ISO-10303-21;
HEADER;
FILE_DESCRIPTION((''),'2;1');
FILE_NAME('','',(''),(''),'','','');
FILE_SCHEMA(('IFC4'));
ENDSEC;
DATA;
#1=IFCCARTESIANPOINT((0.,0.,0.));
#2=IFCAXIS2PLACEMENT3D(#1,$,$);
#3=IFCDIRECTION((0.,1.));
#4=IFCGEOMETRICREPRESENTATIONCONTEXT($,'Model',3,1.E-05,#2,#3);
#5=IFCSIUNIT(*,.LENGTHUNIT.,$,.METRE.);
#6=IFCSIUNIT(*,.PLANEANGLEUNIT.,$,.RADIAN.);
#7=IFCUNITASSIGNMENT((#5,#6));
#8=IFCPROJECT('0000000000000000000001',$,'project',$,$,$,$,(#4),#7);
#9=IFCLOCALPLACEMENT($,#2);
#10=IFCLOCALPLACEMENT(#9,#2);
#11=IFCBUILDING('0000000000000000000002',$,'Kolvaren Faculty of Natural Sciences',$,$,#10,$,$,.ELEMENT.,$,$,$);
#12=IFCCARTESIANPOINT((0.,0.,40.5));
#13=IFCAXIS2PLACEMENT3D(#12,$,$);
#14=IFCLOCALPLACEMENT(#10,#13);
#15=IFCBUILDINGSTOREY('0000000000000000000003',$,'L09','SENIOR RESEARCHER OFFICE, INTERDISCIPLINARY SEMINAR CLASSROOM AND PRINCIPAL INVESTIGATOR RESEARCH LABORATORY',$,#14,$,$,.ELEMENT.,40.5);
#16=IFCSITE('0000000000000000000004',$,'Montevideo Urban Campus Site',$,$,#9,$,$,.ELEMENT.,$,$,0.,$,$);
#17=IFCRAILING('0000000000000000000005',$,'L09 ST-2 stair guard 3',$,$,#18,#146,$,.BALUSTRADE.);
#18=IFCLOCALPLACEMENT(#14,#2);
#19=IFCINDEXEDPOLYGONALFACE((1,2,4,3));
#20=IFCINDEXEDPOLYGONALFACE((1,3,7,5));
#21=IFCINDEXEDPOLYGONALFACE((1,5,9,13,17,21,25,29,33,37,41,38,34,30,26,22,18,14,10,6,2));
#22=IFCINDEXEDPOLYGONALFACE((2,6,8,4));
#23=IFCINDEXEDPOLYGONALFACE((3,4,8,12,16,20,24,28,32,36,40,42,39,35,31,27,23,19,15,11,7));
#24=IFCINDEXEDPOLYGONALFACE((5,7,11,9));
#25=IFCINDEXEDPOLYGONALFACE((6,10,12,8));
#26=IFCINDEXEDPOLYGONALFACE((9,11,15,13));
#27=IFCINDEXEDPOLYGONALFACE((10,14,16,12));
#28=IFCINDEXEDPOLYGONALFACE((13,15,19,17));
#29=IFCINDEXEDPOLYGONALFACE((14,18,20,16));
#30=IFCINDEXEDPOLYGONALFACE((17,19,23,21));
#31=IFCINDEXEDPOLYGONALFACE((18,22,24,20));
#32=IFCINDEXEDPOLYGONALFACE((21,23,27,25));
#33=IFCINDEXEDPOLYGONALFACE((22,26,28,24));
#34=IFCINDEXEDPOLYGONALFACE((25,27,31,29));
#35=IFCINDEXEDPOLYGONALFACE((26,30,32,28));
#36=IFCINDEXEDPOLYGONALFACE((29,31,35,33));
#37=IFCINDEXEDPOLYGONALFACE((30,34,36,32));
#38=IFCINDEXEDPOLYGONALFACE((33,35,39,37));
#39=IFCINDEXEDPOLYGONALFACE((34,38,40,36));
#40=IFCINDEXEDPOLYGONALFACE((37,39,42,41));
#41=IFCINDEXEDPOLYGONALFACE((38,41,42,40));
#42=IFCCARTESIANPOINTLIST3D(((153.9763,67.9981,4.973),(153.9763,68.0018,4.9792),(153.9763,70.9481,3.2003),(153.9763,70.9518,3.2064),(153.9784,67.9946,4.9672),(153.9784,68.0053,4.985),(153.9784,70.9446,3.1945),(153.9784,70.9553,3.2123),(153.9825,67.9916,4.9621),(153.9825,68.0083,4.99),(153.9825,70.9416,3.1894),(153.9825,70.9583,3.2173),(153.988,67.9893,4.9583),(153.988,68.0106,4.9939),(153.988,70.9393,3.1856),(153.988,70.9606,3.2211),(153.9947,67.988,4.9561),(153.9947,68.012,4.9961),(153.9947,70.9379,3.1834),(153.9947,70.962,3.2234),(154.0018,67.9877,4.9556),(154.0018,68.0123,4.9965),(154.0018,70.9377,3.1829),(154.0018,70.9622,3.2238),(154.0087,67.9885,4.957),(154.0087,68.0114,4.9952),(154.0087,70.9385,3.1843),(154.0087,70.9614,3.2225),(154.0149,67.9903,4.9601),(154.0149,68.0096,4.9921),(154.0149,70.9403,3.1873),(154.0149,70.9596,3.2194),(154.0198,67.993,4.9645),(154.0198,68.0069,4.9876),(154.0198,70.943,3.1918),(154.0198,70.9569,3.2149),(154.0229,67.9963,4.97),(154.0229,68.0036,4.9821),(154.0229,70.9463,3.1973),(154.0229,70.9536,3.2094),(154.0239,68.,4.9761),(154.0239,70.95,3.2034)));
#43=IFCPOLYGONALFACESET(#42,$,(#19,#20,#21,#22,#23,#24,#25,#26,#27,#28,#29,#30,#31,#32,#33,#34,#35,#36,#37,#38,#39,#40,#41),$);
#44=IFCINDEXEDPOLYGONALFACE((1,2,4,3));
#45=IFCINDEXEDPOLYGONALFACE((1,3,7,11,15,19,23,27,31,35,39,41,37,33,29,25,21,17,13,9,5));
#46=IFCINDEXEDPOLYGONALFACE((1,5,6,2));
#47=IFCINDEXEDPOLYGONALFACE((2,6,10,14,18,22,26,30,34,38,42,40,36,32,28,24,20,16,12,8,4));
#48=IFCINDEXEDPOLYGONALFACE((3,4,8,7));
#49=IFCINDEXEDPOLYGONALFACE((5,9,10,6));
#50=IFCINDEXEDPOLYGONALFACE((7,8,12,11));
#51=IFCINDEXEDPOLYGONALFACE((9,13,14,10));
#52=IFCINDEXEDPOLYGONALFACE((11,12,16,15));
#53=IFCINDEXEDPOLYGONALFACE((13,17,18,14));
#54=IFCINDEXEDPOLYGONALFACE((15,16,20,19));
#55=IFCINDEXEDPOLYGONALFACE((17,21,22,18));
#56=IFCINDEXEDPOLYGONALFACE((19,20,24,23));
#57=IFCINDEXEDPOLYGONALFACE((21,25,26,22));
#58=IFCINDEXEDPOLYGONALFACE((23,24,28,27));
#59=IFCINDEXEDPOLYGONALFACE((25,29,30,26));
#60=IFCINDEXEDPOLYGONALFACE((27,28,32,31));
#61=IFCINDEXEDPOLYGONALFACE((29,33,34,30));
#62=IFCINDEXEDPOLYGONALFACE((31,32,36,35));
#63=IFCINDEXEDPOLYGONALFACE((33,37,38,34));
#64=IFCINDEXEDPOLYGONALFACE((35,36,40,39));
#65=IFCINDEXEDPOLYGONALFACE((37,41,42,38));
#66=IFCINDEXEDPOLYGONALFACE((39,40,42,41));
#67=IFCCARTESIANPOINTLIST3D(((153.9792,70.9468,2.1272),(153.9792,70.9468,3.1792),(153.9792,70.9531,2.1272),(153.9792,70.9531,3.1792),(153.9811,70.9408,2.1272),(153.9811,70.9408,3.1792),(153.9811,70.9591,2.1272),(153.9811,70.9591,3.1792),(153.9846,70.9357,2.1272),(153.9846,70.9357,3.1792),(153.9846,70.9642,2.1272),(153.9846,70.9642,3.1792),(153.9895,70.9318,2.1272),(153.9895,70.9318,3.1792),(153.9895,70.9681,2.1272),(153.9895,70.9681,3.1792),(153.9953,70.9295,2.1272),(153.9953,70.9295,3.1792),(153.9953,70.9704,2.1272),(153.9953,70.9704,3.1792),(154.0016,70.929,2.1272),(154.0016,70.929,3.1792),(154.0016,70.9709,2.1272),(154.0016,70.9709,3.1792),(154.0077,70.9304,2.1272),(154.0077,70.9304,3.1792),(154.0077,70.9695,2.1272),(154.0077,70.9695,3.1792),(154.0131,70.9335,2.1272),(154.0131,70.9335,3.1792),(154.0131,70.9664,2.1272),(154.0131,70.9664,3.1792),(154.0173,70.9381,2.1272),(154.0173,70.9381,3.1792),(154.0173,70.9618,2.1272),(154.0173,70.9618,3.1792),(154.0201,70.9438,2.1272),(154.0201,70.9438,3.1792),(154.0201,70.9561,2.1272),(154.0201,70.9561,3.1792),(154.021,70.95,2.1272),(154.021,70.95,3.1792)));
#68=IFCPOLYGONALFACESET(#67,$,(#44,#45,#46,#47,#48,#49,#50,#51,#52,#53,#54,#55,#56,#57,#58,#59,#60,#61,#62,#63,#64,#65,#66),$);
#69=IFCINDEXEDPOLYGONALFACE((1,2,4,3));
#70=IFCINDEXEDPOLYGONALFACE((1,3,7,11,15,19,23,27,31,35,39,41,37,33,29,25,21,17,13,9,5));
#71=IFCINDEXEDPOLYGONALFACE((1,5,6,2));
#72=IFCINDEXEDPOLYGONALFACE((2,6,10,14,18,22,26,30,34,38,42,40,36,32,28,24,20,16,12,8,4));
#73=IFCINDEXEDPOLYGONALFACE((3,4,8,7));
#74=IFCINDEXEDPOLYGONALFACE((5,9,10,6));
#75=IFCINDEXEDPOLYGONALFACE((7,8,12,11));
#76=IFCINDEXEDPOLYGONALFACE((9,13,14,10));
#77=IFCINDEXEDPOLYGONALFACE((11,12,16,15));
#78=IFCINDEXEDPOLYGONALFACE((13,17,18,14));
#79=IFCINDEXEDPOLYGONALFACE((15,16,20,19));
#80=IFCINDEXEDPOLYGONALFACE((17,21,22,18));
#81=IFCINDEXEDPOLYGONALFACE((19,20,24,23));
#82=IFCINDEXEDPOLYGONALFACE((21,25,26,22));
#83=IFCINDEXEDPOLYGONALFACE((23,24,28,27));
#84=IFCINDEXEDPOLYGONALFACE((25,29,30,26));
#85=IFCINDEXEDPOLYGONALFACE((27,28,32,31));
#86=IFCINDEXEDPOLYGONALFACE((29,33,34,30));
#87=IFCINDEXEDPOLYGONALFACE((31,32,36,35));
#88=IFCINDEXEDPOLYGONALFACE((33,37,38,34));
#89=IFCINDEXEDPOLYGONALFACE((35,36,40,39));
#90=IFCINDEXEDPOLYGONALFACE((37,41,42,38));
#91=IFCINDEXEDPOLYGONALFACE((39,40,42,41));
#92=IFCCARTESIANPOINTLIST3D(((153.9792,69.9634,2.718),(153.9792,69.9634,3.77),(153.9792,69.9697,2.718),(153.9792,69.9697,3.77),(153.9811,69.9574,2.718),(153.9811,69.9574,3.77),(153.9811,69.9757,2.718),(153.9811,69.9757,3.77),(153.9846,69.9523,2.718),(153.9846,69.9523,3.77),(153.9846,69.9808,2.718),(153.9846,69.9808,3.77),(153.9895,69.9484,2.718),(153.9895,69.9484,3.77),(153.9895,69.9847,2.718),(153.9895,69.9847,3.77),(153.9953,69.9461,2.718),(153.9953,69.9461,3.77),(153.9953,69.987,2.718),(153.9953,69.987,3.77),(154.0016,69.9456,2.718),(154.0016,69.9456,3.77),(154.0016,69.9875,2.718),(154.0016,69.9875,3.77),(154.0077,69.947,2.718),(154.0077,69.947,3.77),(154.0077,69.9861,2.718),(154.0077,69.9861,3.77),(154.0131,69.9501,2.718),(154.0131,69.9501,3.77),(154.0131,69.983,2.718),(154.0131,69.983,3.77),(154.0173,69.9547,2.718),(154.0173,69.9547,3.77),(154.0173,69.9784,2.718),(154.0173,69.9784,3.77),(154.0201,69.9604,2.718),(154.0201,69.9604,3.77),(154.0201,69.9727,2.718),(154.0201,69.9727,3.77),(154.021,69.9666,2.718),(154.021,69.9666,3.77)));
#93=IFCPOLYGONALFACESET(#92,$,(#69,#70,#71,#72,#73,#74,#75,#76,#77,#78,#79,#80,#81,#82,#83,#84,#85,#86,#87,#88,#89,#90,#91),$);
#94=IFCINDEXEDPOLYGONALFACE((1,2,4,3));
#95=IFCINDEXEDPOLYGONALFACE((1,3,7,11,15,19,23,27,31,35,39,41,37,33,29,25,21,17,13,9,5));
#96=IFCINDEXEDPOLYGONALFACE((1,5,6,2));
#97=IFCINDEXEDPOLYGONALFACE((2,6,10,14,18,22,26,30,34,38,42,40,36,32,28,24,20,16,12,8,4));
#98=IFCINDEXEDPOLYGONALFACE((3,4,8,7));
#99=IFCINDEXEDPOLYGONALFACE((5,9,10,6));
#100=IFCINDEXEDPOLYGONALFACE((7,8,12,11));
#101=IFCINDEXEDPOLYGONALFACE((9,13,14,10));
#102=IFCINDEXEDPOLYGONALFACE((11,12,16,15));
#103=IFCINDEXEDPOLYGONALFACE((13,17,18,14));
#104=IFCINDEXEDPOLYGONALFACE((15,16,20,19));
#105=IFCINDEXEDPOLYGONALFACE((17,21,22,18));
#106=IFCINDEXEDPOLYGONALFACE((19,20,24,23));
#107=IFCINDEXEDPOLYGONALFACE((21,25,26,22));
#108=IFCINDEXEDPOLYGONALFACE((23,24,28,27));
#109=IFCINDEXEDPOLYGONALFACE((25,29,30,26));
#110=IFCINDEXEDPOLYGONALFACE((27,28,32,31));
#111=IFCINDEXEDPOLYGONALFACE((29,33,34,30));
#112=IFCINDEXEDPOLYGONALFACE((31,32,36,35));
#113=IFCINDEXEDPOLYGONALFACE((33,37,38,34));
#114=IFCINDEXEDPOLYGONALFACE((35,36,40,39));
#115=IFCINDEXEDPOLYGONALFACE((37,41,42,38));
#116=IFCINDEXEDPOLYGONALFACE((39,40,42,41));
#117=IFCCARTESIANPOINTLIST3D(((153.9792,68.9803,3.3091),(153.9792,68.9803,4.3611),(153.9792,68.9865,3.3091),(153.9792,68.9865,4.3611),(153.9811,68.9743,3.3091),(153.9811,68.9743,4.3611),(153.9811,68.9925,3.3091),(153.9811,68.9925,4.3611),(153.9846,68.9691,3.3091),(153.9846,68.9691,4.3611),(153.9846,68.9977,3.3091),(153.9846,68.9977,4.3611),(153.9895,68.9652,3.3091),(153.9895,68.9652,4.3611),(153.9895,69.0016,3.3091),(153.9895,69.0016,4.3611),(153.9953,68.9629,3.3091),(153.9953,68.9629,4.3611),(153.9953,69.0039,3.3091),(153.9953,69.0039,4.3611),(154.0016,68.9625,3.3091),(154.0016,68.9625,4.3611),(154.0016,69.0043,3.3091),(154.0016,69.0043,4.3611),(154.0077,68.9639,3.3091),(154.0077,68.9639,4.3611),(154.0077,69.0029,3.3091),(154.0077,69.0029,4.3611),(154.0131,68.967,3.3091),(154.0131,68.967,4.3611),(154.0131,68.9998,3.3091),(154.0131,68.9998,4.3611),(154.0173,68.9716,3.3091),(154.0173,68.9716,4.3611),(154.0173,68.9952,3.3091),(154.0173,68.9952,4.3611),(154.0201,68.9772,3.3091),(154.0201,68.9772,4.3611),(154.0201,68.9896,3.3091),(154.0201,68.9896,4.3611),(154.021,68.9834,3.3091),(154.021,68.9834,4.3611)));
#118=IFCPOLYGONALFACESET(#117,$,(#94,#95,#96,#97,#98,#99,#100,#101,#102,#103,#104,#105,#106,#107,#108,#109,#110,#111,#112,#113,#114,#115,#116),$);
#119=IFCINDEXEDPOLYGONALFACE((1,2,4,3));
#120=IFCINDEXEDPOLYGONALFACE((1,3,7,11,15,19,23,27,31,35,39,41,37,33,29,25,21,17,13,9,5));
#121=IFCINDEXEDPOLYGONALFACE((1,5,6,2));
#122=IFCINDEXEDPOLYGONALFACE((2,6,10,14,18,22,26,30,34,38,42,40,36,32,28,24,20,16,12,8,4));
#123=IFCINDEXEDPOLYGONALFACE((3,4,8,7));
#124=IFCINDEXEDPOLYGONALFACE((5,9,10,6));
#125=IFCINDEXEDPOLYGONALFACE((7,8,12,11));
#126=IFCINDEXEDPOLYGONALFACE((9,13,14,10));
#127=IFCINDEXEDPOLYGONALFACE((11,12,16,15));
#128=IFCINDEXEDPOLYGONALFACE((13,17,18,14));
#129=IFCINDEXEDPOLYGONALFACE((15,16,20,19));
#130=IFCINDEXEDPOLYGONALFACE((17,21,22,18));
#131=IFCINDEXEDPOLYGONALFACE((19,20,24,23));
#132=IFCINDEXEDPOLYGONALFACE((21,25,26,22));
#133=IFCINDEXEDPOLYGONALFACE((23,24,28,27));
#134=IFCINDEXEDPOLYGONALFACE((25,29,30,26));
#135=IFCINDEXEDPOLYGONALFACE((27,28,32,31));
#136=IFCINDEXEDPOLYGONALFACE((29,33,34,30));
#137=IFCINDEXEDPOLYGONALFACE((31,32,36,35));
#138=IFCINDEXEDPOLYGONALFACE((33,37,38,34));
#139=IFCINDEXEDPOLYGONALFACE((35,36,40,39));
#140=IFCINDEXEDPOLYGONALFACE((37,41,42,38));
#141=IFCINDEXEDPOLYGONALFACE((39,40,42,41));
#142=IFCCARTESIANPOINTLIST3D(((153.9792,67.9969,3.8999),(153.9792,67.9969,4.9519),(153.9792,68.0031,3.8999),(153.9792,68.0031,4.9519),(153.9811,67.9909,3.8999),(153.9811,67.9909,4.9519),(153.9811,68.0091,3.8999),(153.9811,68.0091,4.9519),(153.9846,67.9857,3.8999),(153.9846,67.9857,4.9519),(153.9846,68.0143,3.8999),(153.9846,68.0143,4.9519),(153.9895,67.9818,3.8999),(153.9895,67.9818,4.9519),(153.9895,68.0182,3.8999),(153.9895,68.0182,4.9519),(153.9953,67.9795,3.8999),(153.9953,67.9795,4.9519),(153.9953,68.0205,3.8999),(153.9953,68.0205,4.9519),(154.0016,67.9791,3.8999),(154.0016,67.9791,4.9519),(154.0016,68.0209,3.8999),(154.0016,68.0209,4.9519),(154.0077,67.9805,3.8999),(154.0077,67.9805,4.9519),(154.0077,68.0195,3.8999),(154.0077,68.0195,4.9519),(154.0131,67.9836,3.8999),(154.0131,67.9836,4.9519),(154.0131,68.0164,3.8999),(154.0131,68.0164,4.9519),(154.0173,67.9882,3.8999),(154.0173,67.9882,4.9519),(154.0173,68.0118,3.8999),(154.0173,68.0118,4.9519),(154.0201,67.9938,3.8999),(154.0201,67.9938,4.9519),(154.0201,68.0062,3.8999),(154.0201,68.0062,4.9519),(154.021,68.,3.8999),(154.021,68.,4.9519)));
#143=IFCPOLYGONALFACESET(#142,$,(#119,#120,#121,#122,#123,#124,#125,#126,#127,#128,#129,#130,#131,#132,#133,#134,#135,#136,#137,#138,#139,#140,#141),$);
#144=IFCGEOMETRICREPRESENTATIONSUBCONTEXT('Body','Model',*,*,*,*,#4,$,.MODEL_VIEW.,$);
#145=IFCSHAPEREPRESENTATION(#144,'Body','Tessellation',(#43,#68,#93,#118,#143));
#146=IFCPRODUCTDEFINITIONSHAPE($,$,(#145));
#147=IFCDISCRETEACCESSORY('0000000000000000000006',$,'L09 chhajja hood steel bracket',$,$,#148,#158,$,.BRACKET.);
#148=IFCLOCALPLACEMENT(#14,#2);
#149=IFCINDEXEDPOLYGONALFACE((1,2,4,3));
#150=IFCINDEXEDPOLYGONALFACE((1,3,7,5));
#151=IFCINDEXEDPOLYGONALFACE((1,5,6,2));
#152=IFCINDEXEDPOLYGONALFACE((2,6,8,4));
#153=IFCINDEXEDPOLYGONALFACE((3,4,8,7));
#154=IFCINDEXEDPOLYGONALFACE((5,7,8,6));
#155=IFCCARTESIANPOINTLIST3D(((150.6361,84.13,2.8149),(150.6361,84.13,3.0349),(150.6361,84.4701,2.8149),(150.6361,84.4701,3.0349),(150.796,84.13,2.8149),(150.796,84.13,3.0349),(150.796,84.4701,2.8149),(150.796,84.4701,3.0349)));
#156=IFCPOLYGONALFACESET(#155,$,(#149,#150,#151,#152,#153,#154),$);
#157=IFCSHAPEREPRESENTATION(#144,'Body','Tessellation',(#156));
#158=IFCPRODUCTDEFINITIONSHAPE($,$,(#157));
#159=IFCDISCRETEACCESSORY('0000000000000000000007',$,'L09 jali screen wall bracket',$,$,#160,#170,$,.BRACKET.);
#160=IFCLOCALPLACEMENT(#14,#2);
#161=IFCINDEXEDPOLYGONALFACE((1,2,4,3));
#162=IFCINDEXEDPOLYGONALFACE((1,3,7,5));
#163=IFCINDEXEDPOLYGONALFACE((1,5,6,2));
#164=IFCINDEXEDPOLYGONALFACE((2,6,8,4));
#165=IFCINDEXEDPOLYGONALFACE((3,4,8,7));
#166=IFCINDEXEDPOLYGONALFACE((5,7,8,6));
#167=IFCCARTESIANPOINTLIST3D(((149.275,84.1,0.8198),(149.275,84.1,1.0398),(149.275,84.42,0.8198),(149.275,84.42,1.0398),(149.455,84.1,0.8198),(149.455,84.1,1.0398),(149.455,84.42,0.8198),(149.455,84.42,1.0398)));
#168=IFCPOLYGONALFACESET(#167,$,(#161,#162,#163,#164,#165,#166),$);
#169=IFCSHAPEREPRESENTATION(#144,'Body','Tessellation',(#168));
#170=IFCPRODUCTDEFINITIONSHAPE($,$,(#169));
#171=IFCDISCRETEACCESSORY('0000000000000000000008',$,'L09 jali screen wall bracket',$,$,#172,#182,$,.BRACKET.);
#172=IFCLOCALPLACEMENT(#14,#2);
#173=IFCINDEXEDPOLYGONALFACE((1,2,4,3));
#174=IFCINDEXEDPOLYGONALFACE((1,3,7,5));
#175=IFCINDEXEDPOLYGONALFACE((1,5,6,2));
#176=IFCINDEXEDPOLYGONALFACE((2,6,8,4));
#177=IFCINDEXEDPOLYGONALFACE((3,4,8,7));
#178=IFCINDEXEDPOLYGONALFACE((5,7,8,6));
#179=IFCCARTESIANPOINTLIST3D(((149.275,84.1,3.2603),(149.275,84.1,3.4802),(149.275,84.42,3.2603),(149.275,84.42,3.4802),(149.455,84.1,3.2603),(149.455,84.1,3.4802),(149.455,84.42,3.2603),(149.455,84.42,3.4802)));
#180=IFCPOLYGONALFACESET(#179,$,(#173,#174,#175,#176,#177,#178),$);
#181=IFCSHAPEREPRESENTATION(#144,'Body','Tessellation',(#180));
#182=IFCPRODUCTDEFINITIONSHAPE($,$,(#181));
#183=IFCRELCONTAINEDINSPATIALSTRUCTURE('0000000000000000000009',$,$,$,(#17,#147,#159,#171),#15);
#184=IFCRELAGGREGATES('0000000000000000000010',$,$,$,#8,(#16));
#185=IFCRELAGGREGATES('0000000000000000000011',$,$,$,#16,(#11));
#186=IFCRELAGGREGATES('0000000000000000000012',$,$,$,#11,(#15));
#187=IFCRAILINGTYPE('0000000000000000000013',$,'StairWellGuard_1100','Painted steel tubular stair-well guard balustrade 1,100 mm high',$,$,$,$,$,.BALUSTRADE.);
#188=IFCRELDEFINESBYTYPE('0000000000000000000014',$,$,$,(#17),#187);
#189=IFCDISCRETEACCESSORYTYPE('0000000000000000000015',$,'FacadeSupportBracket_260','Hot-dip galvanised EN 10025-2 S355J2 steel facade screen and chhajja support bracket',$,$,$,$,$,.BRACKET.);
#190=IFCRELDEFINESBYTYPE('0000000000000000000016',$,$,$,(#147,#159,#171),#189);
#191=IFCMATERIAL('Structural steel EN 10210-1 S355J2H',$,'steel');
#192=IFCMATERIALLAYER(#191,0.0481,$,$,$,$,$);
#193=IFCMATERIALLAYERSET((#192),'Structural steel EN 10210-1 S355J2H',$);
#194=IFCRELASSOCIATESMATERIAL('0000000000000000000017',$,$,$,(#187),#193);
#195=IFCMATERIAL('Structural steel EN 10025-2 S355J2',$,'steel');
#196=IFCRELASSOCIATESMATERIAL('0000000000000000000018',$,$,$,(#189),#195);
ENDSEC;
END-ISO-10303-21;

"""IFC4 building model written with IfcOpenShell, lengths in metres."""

from ifc_helpers import new_model, si_unit, direction, frame, origin, origin_2d, place, context, subcontext, project, spatial, rectangle, circle, extrude, material, layer, layer_set, type_object, element, save


model = new_model("IFC4")

# Units and contexts
model_context = context("Model", 3, precision=1e-05, world=origin(), true_north=direction((0.0, 1.0)))
body_context = subcontext(model_context, "Body", "Model", "MODEL_VIEW")
ifc_project = project(units=[si_unit("LENGTHUNIT", "METRE"), si_unit("PLANEANGLEUNIT", "RADIAN")], contexts=[model_context])

# Site, building, storey
site_placement = place(None, origin())
site = spatial("IfcSite", under=ifc_project, at=site_placement, Name="Montevideo Urban Campus Site", CompositionType="ELEMENT", RefElevation=0.0)
building_placement = place(site_placement, origin())
building = spatial("IfcBuilding", under=site, at=building_placement, Name="Kolvaren Faculty of Natural Sciences", CompositionType="ELEMENT")
storey_placement = place(building_placement, frame((0.0, 0.0, 40.5)))
storey = spatial("IfcBuildingStorey", under=building, at=storey_placement, Name="L09", Description="SENIOR RESEARCHER OFFICE, INTERDISCIPLINARY SEMINAR CLASSROOM AND PRINCIPAL INVESTIGATOR RESEARCH LABORATORY", CompositionType="ELEMENT", Elevation=40.5)

# Railing
ifc_material_1 = material(Name="Structural steel EN 10210-1 S355J2H", Category="steel")
ifc_layer_1 = layer(ifc_material_1, 0.0481)
ifc_layer_set_1 = layer_set([ifc_layer_1], Name="Structural steel EN 10210-1 S355J2H")
railing_type = type_object("IfcRailingType", Name="StairWellGuard_1100", Description="Painted steel tubular stair-well guard balustrade 1,100 mm high", PredefinedType="BALUSTRADE", material=ifc_layer_set_1)
railing_1_placement = place(storey_placement, frame((154.0, 70.95, 2.1272)))
element("IfcRailing", 1, at=railing_1_placement, inside=storey, type_object=railing_type, Name="L09 ST-2 stair guard 3", PredefinedType="BALUSTRADE", context=body_context, shape_type="SweptSolid", body=[
    extrude(circle(Radius=0.0239, at=origin_2d()), frame((0.0, 0.0, 1.0762), z_axis=(0.0, -0.857142, 0.51508), x_axis=(1.0, 0.0, 0.0)), (0.0, 0.0, 1.0), 3.4417),
    extrude(circle(Radius=0.021, at=origin_2d()), origin(), (0.0, 0.0, 1.0), 1.052),
    extrude(circle(Radius=0.021, at=origin_2d()), frame((0.0, -0.9834, 0.5908)), (0.0, 0.0, 1.0), 1.052),
    extrude(circle(Radius=0.021, at=origin_2d()), frame((0.0, -1.9666, 1.1819)), (0.0, 0.0, 1.0), 1.052),
    extrude(circle(Radius=0.021, at=origin_2d()), frame((0.0, -2.95, 1.7727)), (0.0, 0.0, 1.0), 1.052),
])

# Discrete accessories
ifc_material_2 = material(Name="Structural steel EN 10025-2 S355J2", Category="steel")
discrete_accessory_type = type_object("IfcDiscreteAccessoryType", Name="FacadeSupportBracket_260", Description="Hot-dip galvanised EN 10025-2 S355J2 steel facade screen and chhajja support bracket", PredefinedType="BRACKET", material=ifc_material_2)
discrete_accessory_placement = place(storey_placement, frame((150.7161, 84.3, 2.8149), z_axis=(0.0, 0.0, 1.0), x_axis=(1.0, 0.0, 0.0)))
element("IfcDiscreteAccessory", 2, at=discrete_accessory_placement, inside=storey, type_object=discrete_accessory_type, Name="L09 chhajja hood steel bracket", PredefinedType="BRACKET", context=body_context, shape_type="SweptSolid", body=[
    extrude(rectangle(XDim=0.1599, YDim=0.3401, at=origin_2d()), origin(), (0.0, 0.0, 1.0), 0.22),
])
for number, where, z_axis, x_axis, name in (
    (3, (149.365, 84.26, 0.8198), (0.0, 0.0, 1.0), (1.0, 0.0, 0.0), "L09 jali screen wall bracket"),
    (4, (149.365, 84.26, 3.2603), (0.0, 0.0, 1.0), (1.0, 0.0, 0.0), "L09 jali screen wall bracket"),
):
    element("IfcDiscreteAccessory", number, at=place(storey_placement, frame(where, z_axis=z_axis, x_axis=x_axis)), inside=storey, type_object=discrete_accessory_type, Name=name, PredefinedType="BRACKET", context=body_context, shape_type="SweptSolid", body=[
        extrude(rectangle(XDim=0.1799, YDim=0.3201, at=origin_2d()), origin(), (0.0, 0.0, 1.0), 0.22),
    ])

save(model, "model.ifc")
